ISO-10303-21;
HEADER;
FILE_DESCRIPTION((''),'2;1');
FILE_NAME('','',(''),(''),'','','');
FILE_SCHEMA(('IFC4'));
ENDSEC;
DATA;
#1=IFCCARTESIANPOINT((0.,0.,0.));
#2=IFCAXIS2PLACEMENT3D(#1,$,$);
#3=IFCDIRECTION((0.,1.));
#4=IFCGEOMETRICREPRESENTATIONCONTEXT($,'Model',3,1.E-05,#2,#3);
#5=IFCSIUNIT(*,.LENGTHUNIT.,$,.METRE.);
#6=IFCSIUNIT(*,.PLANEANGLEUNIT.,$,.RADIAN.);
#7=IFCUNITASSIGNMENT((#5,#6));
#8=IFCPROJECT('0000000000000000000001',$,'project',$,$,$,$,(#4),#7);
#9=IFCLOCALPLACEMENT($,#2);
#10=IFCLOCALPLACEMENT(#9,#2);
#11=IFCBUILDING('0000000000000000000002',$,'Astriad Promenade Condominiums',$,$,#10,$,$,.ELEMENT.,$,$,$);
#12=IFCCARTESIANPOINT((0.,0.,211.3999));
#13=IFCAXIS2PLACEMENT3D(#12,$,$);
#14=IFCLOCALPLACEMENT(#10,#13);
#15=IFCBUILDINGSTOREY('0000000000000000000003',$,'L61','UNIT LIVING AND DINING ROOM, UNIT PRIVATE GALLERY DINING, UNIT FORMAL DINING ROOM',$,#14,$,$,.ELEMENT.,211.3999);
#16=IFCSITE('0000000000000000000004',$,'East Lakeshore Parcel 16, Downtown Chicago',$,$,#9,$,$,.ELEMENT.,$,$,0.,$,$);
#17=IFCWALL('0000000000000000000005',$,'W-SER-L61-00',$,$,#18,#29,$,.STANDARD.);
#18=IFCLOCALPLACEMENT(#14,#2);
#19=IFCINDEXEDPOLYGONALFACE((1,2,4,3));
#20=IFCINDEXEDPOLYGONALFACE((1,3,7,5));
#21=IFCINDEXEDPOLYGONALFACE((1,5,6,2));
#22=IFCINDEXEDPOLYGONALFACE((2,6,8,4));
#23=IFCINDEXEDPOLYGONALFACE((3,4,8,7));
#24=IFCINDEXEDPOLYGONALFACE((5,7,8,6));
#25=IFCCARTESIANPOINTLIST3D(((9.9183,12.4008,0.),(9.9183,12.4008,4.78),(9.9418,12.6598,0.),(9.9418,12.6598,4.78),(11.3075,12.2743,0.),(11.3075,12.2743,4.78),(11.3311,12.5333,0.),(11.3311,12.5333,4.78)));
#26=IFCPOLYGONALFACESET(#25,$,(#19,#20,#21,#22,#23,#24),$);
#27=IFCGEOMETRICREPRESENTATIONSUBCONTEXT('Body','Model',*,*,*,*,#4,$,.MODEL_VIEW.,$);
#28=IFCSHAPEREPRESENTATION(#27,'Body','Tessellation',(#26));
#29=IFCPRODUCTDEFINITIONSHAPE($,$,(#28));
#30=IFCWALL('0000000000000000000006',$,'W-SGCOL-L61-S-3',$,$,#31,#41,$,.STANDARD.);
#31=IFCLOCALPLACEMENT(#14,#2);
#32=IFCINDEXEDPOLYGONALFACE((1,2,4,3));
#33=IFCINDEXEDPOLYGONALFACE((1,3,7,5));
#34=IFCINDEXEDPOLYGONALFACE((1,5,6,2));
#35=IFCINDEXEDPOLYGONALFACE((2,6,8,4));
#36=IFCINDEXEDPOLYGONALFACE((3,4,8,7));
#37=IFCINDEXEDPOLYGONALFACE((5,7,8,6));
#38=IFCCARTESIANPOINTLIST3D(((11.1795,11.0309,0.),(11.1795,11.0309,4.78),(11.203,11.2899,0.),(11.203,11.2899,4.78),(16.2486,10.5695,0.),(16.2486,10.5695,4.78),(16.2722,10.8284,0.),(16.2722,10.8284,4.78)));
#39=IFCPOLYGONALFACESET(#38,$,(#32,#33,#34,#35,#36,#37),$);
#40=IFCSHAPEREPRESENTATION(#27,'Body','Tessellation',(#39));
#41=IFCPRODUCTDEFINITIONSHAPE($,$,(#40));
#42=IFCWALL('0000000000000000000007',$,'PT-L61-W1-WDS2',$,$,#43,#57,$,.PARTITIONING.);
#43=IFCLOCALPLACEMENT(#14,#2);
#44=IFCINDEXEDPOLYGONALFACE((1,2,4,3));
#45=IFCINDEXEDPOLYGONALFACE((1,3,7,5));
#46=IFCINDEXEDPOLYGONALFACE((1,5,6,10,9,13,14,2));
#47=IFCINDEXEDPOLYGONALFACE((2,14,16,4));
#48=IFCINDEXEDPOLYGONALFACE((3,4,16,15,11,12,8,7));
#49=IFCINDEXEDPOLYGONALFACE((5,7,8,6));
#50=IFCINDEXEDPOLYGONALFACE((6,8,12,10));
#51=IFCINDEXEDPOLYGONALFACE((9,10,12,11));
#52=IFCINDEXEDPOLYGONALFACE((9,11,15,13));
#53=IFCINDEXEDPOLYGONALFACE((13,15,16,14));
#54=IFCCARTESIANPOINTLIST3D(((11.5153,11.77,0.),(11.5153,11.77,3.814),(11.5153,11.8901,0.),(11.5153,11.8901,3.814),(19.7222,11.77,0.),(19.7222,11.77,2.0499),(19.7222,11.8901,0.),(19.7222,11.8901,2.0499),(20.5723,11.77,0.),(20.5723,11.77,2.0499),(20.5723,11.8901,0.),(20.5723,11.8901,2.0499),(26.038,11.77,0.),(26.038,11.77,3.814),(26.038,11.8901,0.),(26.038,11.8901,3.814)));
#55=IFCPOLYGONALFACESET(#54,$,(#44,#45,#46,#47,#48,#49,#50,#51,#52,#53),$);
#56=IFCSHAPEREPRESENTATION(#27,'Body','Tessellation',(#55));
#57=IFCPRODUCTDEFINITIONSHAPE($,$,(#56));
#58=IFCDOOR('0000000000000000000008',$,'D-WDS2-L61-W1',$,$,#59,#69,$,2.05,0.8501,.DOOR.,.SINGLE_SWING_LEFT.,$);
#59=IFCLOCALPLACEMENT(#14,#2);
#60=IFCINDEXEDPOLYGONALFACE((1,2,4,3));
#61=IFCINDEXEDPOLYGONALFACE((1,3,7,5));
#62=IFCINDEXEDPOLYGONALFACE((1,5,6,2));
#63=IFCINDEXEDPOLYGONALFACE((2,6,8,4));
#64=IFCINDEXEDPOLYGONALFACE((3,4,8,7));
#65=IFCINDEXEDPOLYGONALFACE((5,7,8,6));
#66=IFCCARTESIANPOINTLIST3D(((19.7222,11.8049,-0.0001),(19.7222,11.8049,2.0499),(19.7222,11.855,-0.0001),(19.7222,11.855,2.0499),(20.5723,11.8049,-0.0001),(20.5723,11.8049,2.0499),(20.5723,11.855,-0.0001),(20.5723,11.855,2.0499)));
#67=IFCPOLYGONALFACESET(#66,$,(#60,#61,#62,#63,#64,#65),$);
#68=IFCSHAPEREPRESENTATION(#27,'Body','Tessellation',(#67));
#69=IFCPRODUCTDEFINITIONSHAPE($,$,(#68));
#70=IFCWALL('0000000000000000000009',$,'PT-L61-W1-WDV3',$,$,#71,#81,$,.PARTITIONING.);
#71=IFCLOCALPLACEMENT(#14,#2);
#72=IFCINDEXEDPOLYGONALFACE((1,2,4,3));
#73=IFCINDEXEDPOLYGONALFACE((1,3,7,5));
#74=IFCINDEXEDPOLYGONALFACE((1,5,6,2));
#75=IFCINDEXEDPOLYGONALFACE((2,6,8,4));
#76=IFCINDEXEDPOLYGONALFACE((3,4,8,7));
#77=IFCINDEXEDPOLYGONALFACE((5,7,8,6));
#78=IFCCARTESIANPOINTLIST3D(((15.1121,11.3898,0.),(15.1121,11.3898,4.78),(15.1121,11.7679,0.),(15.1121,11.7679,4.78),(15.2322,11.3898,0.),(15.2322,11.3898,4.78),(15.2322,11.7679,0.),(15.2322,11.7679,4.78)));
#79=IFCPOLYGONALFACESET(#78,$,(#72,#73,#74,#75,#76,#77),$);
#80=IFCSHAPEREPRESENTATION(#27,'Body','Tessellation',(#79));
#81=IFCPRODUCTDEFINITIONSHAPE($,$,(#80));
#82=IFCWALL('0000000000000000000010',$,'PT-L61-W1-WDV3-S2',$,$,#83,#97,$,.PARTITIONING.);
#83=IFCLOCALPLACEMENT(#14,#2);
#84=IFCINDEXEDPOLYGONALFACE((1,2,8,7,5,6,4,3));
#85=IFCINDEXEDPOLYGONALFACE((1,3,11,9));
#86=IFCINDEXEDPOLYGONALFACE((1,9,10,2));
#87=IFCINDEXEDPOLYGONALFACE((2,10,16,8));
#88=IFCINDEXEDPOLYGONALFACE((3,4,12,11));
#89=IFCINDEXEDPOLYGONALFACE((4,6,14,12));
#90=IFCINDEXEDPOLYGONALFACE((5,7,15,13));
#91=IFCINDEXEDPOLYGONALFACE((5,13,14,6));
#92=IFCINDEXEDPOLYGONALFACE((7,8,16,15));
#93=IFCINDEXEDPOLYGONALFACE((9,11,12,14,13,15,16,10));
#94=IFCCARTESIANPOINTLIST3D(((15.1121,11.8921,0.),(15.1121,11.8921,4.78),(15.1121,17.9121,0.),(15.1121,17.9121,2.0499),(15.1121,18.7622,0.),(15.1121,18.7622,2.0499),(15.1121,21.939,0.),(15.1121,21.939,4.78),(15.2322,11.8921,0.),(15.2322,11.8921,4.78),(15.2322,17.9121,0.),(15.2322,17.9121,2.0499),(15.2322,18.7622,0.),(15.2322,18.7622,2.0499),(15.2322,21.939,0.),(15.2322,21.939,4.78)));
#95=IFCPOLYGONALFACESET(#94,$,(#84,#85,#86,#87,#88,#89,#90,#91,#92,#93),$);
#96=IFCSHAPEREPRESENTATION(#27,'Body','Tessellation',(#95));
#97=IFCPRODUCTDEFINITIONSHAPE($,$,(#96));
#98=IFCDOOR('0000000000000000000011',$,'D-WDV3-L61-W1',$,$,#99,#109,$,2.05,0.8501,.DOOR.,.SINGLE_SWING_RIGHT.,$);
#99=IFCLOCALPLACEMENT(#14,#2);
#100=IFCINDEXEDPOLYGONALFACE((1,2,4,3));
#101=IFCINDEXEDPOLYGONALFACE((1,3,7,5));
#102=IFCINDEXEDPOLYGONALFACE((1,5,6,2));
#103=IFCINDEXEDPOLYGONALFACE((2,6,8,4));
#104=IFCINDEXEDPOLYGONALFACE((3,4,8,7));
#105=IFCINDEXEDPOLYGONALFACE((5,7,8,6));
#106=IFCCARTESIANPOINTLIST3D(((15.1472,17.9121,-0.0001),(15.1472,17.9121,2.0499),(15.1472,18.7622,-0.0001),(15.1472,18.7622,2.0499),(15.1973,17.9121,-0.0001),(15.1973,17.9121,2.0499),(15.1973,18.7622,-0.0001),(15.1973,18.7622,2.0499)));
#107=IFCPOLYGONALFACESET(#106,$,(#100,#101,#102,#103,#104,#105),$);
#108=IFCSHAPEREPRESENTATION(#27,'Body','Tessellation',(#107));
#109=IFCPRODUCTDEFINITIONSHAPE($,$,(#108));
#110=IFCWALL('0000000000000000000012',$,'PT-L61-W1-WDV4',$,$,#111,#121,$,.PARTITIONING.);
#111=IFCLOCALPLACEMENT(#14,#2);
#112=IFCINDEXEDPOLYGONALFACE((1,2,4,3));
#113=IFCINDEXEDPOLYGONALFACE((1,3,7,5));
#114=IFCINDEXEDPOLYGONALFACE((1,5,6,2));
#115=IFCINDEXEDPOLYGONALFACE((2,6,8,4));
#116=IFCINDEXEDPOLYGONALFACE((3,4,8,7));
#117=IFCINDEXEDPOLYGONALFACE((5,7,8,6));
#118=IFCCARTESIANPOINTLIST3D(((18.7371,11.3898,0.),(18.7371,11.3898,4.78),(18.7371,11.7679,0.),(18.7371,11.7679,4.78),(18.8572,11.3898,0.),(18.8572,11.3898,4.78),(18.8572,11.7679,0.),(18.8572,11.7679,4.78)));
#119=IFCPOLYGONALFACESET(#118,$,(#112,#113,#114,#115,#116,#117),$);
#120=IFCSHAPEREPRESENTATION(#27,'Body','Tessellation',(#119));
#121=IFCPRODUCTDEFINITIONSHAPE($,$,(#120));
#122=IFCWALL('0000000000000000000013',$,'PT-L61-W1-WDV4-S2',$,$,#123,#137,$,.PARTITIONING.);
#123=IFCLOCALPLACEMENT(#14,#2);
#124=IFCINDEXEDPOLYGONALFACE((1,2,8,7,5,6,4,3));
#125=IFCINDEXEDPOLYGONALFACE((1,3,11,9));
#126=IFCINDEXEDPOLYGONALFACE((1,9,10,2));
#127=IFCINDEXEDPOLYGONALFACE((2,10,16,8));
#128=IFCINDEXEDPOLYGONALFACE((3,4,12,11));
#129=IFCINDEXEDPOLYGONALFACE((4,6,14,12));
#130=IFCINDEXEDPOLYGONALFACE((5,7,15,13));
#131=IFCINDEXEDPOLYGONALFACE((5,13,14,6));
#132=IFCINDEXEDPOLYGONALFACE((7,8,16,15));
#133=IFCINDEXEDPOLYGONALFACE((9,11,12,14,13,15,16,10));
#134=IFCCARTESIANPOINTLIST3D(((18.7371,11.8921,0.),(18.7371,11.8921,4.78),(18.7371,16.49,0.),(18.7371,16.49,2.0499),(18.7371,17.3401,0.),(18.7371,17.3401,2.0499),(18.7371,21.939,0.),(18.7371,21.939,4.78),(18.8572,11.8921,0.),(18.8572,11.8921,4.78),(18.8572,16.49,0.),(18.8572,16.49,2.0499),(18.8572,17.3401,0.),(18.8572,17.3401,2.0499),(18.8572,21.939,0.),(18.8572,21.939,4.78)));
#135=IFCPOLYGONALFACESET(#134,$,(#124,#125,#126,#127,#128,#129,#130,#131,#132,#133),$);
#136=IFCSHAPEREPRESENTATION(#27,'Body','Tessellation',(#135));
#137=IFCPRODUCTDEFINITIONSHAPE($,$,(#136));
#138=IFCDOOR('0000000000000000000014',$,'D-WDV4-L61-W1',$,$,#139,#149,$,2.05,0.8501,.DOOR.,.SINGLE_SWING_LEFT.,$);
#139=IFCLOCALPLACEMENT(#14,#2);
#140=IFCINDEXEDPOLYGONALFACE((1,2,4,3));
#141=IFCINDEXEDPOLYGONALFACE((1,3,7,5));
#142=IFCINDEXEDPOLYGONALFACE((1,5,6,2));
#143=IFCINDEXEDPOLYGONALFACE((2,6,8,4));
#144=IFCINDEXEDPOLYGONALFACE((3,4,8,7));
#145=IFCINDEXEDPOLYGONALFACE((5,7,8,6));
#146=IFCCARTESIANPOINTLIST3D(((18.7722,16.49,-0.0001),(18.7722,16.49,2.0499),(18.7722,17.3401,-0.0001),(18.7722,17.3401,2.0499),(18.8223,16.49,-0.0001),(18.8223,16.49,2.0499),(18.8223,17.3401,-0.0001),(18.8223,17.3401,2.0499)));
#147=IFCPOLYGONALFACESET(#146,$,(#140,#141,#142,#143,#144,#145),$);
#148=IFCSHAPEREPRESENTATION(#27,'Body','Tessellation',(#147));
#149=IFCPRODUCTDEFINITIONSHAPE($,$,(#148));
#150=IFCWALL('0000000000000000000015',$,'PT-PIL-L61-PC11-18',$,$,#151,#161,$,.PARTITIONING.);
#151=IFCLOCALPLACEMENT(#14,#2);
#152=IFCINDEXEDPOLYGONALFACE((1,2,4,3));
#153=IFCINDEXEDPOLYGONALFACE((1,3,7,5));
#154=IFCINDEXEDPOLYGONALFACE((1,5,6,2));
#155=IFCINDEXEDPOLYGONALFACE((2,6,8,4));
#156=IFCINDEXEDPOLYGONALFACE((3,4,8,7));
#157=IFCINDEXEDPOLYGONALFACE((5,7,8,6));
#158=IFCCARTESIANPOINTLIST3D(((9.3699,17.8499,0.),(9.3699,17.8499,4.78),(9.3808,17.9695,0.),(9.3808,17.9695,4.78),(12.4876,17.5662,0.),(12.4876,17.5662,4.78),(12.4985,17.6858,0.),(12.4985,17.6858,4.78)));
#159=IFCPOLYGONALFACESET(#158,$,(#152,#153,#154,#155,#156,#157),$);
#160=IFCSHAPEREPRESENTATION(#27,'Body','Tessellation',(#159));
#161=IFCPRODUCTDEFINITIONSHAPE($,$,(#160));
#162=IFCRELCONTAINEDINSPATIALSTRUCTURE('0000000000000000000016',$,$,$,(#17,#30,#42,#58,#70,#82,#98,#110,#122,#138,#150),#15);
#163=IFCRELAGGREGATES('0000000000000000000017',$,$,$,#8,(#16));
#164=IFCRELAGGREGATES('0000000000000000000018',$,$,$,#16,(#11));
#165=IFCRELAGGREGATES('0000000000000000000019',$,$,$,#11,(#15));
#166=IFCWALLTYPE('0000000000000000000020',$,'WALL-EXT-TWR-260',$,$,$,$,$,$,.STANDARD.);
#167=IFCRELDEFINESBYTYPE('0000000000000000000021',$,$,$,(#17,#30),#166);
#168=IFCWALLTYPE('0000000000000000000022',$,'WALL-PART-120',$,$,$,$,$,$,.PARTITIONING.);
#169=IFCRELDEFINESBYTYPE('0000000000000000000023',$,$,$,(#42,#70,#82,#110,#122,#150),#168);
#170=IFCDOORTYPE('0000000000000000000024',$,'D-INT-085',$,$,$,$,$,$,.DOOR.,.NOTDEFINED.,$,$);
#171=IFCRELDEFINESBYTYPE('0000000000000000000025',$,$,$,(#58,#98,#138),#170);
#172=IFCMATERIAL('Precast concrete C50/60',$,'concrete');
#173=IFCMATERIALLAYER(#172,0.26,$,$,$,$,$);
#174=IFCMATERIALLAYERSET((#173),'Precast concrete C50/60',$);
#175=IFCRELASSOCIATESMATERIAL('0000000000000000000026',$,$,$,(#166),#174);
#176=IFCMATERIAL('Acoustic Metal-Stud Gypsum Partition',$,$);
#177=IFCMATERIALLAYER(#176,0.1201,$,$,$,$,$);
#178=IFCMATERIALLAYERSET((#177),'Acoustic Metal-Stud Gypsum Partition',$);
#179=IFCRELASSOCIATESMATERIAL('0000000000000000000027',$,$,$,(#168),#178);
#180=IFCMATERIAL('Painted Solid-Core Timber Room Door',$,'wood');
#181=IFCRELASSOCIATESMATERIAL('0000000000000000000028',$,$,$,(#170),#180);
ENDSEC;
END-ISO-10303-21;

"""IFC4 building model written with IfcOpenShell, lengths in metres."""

from ifc_helpers import new_model, si_unit, direction, frame, frame_2d, origin, place, context, subcontext, project, spatial, rectangle, extrude, source, transform, mapped, material, layer, layer_set, type_object, type_shapes, element, fill, save


model = new_model("IFC4")

# Units and contexts
model_context = context("Model", 3, precision=1e-05, world=origin(), true_north=direction((0.0, 1.0)))
body_context = subcontext(model_context, "Body", "Model", "MODEL_VIEW")
ifc_project = project(units=[si_unit("LENGTHUNIT", "METRE"), si_unit("PLANEANGLEUNIT", "RADIAN")], contexts=[model_context])

# Site, building, storey
site_placement = place(None, origin())
site = spatial("IfcSite", under=ifc_project, at=site_placement, Name="East Lakeshore Parcel 16, Downtown Chicago", CompositionType="ELEMENT", RefElevation=0.0)
building_placement = place(site_placement, origin())
building = spatial("IfcBuilding", under=site, at=building_placement, Name="Astriad Promenade Condominiums", CompositionType="ELEMENT")
storey_placement = place(building_placement, frame((0.0, 0.0, 211.3999)))
storey = spatial("IfcBuildingStorey", under=building, at=storey_placement, Name="L61", Description="UNIT LIVING AND DINING ROOM, UNIT PRIVATE GALLERY DINING, UNIT FORMAL DINING ROOM", CompositionType="ELEMENT", Elevation=211.3999)

# Walls
ifc_material_1 = material(Name="Precast concrete C50/60", Category="concrete")
ifc_layer_1 = layer(ifc_material_1, 0.26)
ifc_layer_set_1 = layer_set([ifc_layer_1], Name="Precast concrete C50/60")
wall_type_1 = type_object("IfcWallType", Name="WALL-EXT-TWR-260", PredefinedType="STANDARD", material=ifc_layer_set_1)
wall_1_placement = place(storey_placement, frame((11.3193, 12.4038, 0.0), z_axis=(0.0, 0.0, 1.0), x_axis=(-0.995882, 0.090662, 0.0)))
element("IfcWall", 1, at=wall_1_placement, inside=storey, type_object=wall_type_1, Name="W-SER-L61-00", PredefinedType="STANDARD", context=body_context, shape_type="SweptSolid", body=[
    extrude(rectangle(XDim=1.395, YDim=0.26, at=frame_2d((0.6975, 0.0))), origin(), (0.0, 0.0, 1.0), 4.78),
])
wall_2_placement = place(storey_placement, frame((16.2603, 10.699, 0.0), z_axis=(0.0, 0.0, 1.0), x_axis=(-0.995883, 0.090653, 0.0)))
element("IfcWall", 2, at=wall_2_placement, inside=storey, type_object=wall_type_1, Name="W-SGCOL-L61-S-3", PredefinedType="STANDARD", context=body_context, shape_type="SweptSolid", body=[
    extrude(rectangle(XDim=5.0901, YDim=0.26, at=frame_2d((2.5449, 0.0))), origin(), (0.0, 0.0, 1.0), 4.78),
])

# Wall, opening, door
ifc_material_2 = material(Name="Acoustic Metal-Stud Gypsum Partition")
ifc_layer_2 = layer(ifc_material_2, 0.1201)
ifc_layer_set_2 = layer_set([ifc_layer_2], Name="Acoustic Metal-Stud Gypsum Partition")
wall_type_2 = type_object("IfcWallType", Name="WALL-PART-120", PredefinedType="PARTITIONING", material=ifc_layer_set_2)
wall_3_placement = place(storey_placement, frame((11.5154, 11.8301, 0.0), z_axis=(0.0, 0.0, 1.0), x_axis=(1.0, 0.0, 0.0)))
wall_3 = element("IfcWall", 3, at=wall_3_placement, inside=storey, type_object=wall_type_2, Name="PT-L61-W1-WDS2", PredefinedType="PARTITIONING", context=body_context, shape_type="SweptSolid", body=[
    extrude(rectangle(XDim=14.5227, YDim=0.1201, at=frame_2d((7.2612, 0.0))), origin(), (0.0, 0.0, 1.0), 3.814),
])
opening_1_placement = place(wall_3_placement, frame((8.2068, 0.0, 0.0)))
opening_1 = element("IfcOpeningElement", 4, at=opening_1_placement, cuts=wall_3, PredefinedType="OPENING", context=body_context, shape_type="SweptSolid", body=[
    extrude(rectangle(XDim=0.8501, YDim=2.05, at=frame_2d((0.425, 1.0249))), frame((0.0, 0.0701, 0.0), z_axis=(0.0, -1.0, 0.0), x_axis=(1.0, 0.0, 0.0)), (0.0, 0.0, 1.0), 0.1401),
])
ifc_material_3 = material(Name="Painted Solid-Core Timber Room Door", Category="wood")
door_type = type_object("IfcDoorType", Name="D-INT-085", OperationType="NOTDEFINED", PredefinedType="DOOR", material=ifc_material_3)
shared_shape_1 = source(origin(), body_context, "Body", "SweptSolid", [
    extrude(rectangle(XDim=0.8501, YDim=2.05, at=frame_2d((0.425, 1.0249))), frame((0.0, 0.0249, 0.0), z_axis=(0.0, -1.0, 0.0), x_axis=(1.0, 0.0, 0.0)), (0.0, 0.0, 1.0), 0.05),
])
type_shapes(door_type, [shared_shape_1])
door_1_placement = place(opening_1_placement, origin())
door_1 = element("IfcDoor", 5, at=door_1_placement, inside=storey, type_object=door_type, Name="D-WDS2-L61-W1", OperationType="SINGLE_SWING_LEFT", OverallHeight=2.05, OverallWidth=0.8501, PredefinedType="DOOR", context=body_context, shape_type="MappedRepresentation", body=[
    mapped(shared_shape_1, transform((0.0, 0.0, 0.0), scale=1.0)),
])
fill(opening_1, door_1)

# Wall
wall_4_placement = place(storey_placement, frame((15.1721, 11.3899, 0.0), z_axis=(0.0, 0.0, 1.0), x_axis=(0.0, 1.0, 0.0)))
element("IfcWall", 6, at=wall_4_placement, inside=storey, type_object=wall_type_2, Name="PT-L61-W1-WDV3", PredefinedType="PARTITIONING", context=body_context, shape_type="SweptSolid", body=[
    extrude(rectangle(XDim=0.3782, YDim=0.1201, at=frame_2d((0.189, 0.0))), origin(), (0.0, 0.0, 1.0), 4.78),
])

# Wall, opening, door
wall_5_placement = place(storey_placement, frame((15.1721, 11.8921, 0.0), z_axis=(0.0, 0.0, 1.0), x_axis=(0.0, 1.0, 0.0)))
wall_5 = element("IfcWall", 7, at=wall_5_placement, inside=storey, type_object=wall_type_2, Name="PT-L61-W1-WDV3-S2", PredefinedType="PARTITIONING", context=body_context, shape_type="SweptSolid", body=[
    extrude(rectangle(XDim=10.0469, YDim=0.1201, at=frame_2d((5.0234, 0.0))), origin(), (0.0, 0.0, 1.0), 4.78),
])
opening_2_placement = place(wall_5_placement, frame((6.02, 0.0, 0.0)))
opening_2 = element("IfcOpeningElement", 8, at=opening_2_placement, cuts=wall_5, PredefinedType="OPENING", context=body_context, shape_type="SweptSolid", body=[
    extrude(rectangle(XDim=0.8501, YDim=2.05, at=frame_2d((0.425, 1.0249))), frame((0.0, 0.0701, 0.0), z_axis=(0.0, -1.0, 0.0), x_axis=(1.0, 0.0, 0.0)), (0.0, 0.0, 1.0), 0.1401),
])
door_2_placement = place(opening_2_placement, origin())
door_2 = element("IfcDoor", 9, at=door_2_placement, inside=storey, type_object=door_type, Name="D-WDV3-L61-W1", OperationType="SINGLE_SWING_RIGHT", OverallHeight=2.05, OverallWidth=0.8501, PredefinedType="DOOR", context=body_context, shape_type="MappedRepresentation", body=[
    mapped(shared_shape_1, transform((0.0, 0.0, 0.0), scale=1.0)),
])
fill(opening_2, door_2)

# Wall
wall_6_placement = place(storey_placement, frame((18.7971, 11.3899, 0.0), z_axis=(0.0, 0.0, 1.0), x_axis=(0.0, 1.0, 0.0)))
element("IfcWall", 10, at=wall_6_placement, inside=storey, type_object=wall_type_2, Name="PT-L61-W1-WDV4", PredefinedType="PARTITIONING", context=body_context, shape_type="SweptSolid", body=[
    extrude(rectangle(XDim=0.3782, YDim=0.1201, at=frame_2d((0.189, 0.0))), origin(), (0.0, 0.0, 1.0), 4.78),
])

# Wall, opening, door
wall_7_placement = place(storey_placement, frame((18.7971, 11.8921, 0.0), z_axis=(0.0, 0.0, 1.0), x_axis=(0.0, 1.0, 0.0)))
wall_7 = element("IfcWall", 11, at=wall_7_placement, inside=storey, type_object=wall_type_2, Name="PT-L61-W1-WDV4-S2", PredefinedType="PARTITIONING", context=body_context, shape_type="SweptSolid", body=[
    extrude(rectangle(XDim=10.0469, YDim=0.1201, at=frame_2d((5.0234, 0.0))), origin(), (0.0, 0.0, 1.0), 4.78),
])
opening_3_placement = place(wall_7_placement, frame((4.5979, 0.0, 0.0)))
opening_3 = element("IfcOpeningElement", 12, at=opening_3_placement, cuts=wall_7, PredefinedType="OPENING", context=body_context, shape_type="SweptSolid", body=[
    extrude(rectangle(XDim=0.8501, YDim=2.05, at=frame_2d((0.425, 1.0249))), frame((0.0, 0.0701, 0.0), z_axis=(0.0, -1.0, 0.0), x_axis=(1.0, 0.0, 0.0)), (0.0, 0.0, 1.0), 0.1401),
])
door_3_placement = place(opening_3_placement, origin())
door_3 = element("IfcDoor", 13, at=door_3_placement, inside=storey, type_object=door_type, Name="D-WDV4-L61-W1", OperationType="SINGLE_SWING_LEFT", OverallHeight=2.05, OverallWidth=0.8501, PredefinedType="DOOR", context=body_context, shape_type="MappedRepresentation", body=[
    mapped(shared_shape_1, transform((0.0, 0.0, 0.0), scale=1.0)),
])
fill(opening_3, door_3)

# Wall
wall_8_placement = place(storey_placement, frame((12.4932, 17.626, 0.0), z_axis=(0.0, 0.0, 1.0), x_axis=(-0.995886, 0.09062, 0.0)))
element("IfcWall", 14, at=wall_8_placement, inside=storey, type_object=wall_type_2, Name="PT-PIL-L61-PC11-18", PredefinedType="PARTITIONING", context=body_context, shape_type="SweptSolid", body=[
    extrude(rectangle(XDim=3.1306, YDim=0.1201, at=frame_2d((1.5654, 0.0))), origin(), (0.0, 0.0, 1.0), 4.78),
])

save(model, "model.ifc")
